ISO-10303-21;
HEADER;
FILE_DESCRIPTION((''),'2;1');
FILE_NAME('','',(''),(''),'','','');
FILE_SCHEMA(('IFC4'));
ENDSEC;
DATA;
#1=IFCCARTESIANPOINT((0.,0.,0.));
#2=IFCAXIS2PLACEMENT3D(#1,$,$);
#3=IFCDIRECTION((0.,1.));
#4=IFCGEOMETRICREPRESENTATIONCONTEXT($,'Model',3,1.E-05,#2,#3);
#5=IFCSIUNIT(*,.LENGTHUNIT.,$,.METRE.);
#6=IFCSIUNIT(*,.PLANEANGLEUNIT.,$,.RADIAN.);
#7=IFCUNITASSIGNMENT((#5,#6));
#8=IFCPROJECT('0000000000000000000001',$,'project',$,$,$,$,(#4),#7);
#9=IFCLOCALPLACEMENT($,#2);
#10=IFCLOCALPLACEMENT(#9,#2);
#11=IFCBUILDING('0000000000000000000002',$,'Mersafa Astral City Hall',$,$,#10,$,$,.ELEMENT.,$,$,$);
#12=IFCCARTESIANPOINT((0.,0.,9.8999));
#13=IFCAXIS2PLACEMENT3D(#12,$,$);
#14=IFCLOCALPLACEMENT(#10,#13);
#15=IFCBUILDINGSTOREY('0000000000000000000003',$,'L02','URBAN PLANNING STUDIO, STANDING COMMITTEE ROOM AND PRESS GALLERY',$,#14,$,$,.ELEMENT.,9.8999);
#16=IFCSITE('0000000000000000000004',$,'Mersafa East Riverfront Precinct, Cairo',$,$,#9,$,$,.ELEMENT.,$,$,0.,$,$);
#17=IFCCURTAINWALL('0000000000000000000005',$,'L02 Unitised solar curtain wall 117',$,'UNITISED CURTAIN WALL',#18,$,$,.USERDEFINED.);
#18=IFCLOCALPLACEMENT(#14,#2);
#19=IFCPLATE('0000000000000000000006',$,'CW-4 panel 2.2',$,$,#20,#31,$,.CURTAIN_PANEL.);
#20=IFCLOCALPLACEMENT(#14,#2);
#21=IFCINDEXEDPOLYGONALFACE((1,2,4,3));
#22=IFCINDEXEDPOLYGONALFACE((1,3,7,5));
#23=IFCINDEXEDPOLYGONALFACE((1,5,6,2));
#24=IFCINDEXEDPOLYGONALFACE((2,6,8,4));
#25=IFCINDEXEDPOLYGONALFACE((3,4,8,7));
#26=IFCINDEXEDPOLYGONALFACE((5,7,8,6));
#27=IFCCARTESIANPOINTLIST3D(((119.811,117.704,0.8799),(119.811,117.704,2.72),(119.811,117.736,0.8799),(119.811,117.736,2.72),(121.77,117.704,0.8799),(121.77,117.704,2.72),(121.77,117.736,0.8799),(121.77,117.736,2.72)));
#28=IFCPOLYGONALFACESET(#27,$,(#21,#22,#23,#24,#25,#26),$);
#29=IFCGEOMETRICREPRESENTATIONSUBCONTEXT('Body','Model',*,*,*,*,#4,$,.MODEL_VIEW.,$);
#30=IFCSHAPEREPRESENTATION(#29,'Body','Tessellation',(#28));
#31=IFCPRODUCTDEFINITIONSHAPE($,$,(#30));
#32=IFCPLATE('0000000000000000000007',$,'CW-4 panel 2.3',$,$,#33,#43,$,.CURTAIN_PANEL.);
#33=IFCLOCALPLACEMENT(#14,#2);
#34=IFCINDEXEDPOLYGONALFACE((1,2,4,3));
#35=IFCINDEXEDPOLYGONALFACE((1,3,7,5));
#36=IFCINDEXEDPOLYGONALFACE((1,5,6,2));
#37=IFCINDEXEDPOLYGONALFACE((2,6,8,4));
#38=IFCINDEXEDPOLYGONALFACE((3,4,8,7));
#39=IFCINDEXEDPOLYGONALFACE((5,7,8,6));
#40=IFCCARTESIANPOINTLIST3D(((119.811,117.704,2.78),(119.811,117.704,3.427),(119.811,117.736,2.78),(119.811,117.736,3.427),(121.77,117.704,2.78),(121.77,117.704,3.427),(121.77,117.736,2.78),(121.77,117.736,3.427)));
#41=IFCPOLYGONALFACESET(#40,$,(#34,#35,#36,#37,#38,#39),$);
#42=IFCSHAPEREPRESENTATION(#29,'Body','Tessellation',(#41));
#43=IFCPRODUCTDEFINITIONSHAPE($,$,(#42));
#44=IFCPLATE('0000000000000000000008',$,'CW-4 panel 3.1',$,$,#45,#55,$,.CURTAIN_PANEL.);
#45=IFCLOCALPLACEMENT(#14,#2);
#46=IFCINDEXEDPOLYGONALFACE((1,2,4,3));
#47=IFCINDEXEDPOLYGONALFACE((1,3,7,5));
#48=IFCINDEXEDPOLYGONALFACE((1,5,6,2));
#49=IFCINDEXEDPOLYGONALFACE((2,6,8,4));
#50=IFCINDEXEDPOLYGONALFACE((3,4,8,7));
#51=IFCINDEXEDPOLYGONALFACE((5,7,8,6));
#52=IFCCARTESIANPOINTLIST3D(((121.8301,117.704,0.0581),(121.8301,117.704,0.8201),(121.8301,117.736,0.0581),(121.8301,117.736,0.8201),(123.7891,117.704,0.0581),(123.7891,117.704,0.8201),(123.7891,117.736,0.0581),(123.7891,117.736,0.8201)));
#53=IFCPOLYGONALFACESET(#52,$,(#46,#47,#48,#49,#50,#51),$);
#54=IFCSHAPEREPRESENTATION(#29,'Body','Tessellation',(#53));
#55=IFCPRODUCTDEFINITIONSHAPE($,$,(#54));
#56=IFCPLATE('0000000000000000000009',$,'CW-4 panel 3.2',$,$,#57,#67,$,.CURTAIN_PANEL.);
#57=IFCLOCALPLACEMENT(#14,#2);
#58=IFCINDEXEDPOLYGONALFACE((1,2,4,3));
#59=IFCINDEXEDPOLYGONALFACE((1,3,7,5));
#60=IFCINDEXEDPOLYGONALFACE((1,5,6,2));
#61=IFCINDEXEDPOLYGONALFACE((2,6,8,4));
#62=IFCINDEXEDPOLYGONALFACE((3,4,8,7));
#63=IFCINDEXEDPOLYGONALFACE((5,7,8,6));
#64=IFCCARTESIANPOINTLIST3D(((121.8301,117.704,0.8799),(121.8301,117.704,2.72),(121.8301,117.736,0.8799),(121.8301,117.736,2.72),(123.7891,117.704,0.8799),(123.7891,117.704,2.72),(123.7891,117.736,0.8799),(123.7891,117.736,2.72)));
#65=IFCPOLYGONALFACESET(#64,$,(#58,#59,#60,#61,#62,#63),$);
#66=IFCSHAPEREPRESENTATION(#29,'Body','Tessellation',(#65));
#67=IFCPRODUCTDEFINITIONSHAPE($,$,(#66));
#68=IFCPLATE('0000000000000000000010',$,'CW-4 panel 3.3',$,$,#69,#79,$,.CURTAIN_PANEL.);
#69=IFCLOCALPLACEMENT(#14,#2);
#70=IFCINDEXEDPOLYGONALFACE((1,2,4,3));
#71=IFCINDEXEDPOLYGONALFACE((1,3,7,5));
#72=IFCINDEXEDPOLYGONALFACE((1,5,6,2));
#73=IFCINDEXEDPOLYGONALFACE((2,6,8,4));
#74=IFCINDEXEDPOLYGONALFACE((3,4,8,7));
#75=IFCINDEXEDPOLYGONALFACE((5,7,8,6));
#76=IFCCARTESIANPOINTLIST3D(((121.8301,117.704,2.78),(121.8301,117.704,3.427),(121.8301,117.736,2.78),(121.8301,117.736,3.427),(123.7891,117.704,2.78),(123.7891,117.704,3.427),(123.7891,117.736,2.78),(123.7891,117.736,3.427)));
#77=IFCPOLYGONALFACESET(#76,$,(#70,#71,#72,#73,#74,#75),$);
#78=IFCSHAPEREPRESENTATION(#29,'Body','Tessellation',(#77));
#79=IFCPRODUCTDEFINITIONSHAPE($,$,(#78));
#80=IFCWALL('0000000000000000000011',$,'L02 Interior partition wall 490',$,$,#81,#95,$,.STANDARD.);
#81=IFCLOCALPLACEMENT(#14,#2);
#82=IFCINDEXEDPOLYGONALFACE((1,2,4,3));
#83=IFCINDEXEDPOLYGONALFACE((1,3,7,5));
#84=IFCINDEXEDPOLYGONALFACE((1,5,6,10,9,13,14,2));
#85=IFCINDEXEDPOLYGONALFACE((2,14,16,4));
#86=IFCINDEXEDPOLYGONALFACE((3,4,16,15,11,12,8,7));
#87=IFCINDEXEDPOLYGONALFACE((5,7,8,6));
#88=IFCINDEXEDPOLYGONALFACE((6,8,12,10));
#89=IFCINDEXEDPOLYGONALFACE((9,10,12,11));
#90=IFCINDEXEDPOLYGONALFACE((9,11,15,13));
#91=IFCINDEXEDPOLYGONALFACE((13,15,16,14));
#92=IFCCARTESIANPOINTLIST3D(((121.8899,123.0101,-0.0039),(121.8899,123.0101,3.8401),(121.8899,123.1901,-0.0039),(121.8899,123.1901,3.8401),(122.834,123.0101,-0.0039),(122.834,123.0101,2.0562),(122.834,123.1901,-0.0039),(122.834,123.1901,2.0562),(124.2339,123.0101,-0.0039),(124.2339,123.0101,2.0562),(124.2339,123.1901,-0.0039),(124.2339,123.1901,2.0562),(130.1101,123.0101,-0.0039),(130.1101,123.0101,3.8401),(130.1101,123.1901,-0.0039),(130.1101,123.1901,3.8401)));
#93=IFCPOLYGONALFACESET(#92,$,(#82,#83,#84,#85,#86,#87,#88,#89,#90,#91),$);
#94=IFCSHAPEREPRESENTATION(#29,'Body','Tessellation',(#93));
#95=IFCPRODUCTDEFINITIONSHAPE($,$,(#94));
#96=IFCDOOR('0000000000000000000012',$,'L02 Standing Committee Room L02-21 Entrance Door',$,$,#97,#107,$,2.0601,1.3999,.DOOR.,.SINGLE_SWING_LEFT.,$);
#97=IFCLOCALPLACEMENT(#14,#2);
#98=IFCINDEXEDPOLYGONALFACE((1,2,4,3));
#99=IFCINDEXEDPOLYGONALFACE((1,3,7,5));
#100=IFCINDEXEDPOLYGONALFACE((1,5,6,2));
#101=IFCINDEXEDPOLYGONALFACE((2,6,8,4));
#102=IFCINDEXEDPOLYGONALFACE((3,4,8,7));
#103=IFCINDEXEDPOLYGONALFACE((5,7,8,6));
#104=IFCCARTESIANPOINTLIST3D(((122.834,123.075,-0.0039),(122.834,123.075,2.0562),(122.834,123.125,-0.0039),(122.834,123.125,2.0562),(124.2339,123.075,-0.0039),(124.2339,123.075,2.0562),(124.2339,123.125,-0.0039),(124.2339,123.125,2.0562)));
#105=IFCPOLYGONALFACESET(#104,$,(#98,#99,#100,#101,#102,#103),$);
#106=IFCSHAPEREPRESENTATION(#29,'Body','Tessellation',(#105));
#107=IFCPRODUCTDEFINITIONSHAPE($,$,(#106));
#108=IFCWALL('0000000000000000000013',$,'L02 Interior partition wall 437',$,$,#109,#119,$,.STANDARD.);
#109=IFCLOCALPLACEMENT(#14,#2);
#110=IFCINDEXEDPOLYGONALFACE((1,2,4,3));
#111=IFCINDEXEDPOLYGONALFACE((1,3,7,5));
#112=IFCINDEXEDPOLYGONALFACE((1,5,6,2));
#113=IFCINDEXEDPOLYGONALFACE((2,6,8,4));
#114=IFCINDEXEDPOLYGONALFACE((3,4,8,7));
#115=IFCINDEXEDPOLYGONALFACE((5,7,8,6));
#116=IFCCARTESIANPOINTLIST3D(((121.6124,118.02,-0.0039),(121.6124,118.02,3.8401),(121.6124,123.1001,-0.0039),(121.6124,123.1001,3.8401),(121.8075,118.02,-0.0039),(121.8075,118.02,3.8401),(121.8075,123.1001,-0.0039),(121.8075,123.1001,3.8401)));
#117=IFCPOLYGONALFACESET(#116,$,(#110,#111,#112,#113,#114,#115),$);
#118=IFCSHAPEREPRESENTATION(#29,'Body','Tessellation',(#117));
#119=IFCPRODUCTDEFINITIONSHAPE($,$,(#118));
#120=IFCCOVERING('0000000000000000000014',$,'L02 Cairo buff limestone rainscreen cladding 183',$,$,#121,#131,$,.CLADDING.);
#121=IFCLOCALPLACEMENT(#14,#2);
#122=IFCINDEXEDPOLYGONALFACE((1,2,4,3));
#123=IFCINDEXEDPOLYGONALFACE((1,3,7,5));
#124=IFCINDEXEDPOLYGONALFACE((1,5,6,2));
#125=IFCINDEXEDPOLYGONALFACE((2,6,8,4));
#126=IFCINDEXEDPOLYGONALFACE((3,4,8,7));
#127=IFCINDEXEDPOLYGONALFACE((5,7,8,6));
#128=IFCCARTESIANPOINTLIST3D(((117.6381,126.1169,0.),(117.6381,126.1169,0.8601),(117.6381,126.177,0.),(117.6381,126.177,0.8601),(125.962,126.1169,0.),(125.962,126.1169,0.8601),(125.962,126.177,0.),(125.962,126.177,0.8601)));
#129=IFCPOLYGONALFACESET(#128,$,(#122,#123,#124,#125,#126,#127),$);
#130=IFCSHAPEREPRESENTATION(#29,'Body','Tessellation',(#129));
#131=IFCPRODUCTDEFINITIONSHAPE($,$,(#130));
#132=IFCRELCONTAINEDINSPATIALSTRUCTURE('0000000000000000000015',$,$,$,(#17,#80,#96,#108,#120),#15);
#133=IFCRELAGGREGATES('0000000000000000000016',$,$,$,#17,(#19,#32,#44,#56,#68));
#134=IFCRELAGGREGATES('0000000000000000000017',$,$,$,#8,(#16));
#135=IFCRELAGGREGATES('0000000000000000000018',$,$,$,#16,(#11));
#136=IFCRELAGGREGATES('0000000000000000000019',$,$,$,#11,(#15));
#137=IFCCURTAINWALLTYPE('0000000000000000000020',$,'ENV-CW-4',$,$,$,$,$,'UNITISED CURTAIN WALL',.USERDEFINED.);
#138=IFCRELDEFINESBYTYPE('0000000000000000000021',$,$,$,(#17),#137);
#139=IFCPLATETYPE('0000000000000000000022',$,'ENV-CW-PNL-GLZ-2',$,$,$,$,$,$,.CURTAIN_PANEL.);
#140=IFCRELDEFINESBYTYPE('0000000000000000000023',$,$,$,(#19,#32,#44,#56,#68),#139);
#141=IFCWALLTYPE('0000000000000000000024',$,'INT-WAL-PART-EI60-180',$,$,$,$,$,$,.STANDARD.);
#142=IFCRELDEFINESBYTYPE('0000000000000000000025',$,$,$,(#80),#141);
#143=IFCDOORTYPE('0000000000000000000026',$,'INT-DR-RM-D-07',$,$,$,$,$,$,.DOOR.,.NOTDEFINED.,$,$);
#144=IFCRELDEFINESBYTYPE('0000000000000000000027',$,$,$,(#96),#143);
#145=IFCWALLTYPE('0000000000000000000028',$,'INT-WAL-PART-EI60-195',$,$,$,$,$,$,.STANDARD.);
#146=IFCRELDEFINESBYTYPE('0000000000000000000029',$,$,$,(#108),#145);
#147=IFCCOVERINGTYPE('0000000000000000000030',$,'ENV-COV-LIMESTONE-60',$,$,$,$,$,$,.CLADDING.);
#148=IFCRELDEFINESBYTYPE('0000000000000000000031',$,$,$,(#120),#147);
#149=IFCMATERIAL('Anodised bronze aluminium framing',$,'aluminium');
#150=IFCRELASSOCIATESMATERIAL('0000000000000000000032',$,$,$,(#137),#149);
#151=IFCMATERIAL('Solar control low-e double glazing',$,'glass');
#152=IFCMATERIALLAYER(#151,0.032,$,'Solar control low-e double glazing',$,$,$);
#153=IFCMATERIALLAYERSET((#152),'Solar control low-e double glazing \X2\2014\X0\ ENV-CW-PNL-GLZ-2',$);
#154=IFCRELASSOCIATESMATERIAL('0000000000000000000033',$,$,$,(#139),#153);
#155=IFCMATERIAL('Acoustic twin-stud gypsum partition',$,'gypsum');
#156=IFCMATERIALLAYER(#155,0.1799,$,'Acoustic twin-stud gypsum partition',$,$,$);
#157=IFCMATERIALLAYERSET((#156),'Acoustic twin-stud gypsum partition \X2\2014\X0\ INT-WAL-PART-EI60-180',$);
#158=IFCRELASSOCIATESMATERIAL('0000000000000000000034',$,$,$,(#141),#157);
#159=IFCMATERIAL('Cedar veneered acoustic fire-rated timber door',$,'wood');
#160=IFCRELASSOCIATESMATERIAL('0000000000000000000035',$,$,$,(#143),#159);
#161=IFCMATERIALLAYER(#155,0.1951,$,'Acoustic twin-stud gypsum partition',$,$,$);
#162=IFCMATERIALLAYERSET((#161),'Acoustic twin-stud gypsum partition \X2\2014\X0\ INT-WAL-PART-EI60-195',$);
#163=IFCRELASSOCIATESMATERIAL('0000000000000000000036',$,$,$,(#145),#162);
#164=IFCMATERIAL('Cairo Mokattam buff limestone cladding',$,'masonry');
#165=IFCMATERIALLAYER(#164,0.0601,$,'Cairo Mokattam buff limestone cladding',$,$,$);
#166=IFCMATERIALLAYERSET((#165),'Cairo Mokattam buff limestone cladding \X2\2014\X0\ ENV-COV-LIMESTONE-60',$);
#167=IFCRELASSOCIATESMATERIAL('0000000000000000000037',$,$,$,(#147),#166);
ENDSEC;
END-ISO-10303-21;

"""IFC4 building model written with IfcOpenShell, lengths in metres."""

from ifc_helpers import new_model, si_unit, direction, frame, frame_2d, origin, origin_2d, place, context, subcontext, project, spatial, rectangle, extrude, material, layer, layer_set, type_object, element, fill, aggregate, save


model = new_model("IFC4")

# Units and contexts
model_context = context("Model", 3, precision=1e-05, world=origin(), true_north=direction((0.0, 1.0)))
body_context = subcontext(model_context, "Body", "Model", "MODEL_VIEW")
ifc_project = project(units=[si_unit("LENGTHUNIT", "METRE"), si_unit("PLANEANGLEUNIT", "RADIAN")], contexts=[model_context])

# Site, building, storey
site_placement = place(None, origin())
site = spatial("IfcSite", under=ifc_project, at=site_placement, Name="Mersafa East Riverfront Precinct, Cairo", CompositionType="ELEMENT", RefElevation=0.0)
building_placement = place(site_placement, origin())
building = spatial("IfcBuilding", under=site, at=building_placement, Name="Mersafa Astral City Hall", CompositionType="ELEMENT")
storey_placement = place(building_placement, frame((0.0, 0.0, 9.8999)))
storey = spatial("IfcBuildingStorey", under=building, at=storey_placement, Name="L02", Description="URBAN PLANNING STUDIO, STANDING COMMITTEE ROOM AND PRESS GALLERY", CompositionType="ELEMENT", Elevation=9.8999)

# Curtain wall
ifc_material_1 = material(Name="Anodised bronze aluminium framing", Category="aluminium")
curtain_wall_type_1 = type_object("IfcCurtainWallType", Name="ENV-CW-4", ElementType="UNITISED CURTAIN WALL", PredefinedType="USERDEFINED", material=ifc_material_1)
curtain_wall_1_placement = place(storey_placement, origin())
curtain_wall_1 = element("IfcCurtainWall", 1, at=curtain_wall_1_placement, inside=storey, type_object=curtain_wall_type_1, Name="L02 Unitised solar curtain wall 117", ObjectType="UNITISED CURTAIN WALL", PredefinedType="USERDEFINED")

# Plates
ifc_material_2 = material(Name="Solar control low-e double glazing", Category="glass")
ifc_layer_1 = layer(ifc_material_2, 0.032, Name="Solar control low-e double glazing")
ifc_layer_set_1 = layer_set([ifc_layer_1], Name="Solar control low-e double glazing — ENV-CW-PNL-GLZ-2")
plate_type = type_object("IfcPlateType", Name="ENV-CW-PNL-GLZ-2", PredefinedType="CURTAIN_PANEL", material=ifc_layer_set_1)
plate_1_placement = place(storey_placement, frame((120.7905, 117.72, 0.8799), z_axis=(0.0, 0.0, 1.0), x_axis=(1.0, 0.0, 0.0)))
plate_1 = element("IfcPlate", 2, at=plate_1_placement, type_object=plate_type, Name="CW-4 panel 2.2", PredefinedType="CURTAIN_PANEL", context=body_context, shape_type="SweptSolid", body=[
    extrude(rectangle(XDim=1.959, YDim=0.032, at=origin_2d()), origin(), (0.0, 0.0, 1.0), 1.8401),
])
plate_2_placement = place(storey_placement, frame((120.7905, 117.72, 2.78), z_axis=(0.0, 0.0, 1.0), x_axis=(1.0, 0.0, 0.0)))
plate_2 = element("IfcPlate", 3, at=plate_2_placement, type_object=plate_type, Name="CW-4 panel 2.3", PredefinedType="CURTAIN_PANEL", context=body_context, shape_type="SweptSolid", body=[
    extrude(rectangle(XDim=1.959, YDim=0.032, at=origin_2d()), origin(), (0.0, 0.0, 1.0), 0.647),
])
plate_3_placement = place(storey_placement, frame((122.8096, 117.72, 0.0581), z_axis=(0.0, 0.0, 1.0), x_axis=(1.0, 0.0, 0.0)))
plate_3 = element("IfcPlate", 4, at=plate_3_placement, type_object=plate_type, Name="CW-4 panel 3.1", PredefinedType="CURTAIN_PANEL", context=body_context, shape_type="SweptSolid", body=[
    extrude(rectangle(XDim=1.959, YDim=0.032, at=origin_2d()), origin(), (0.0, 0.0, 1.0), 0.762),
])
plate_4_placement = place(storey_placement, frame((122.8096, 117.72, 0.8799), z_axis=(0.0, 0.0, 1.0), x_axis=(1.0, 0.0, 0.0)))
plate_4 = element("IfcPlate", 5, at=plate_4_placement, type_object=plate_type, Name="CW-4 panel 3.2", PredefinedType="CURTAIN_PANEL", context=body_context, shape_type="SweptSolid", body=[
    extrude(rectangle(XDim=1.959, YDim=0.032, at=origin_2d()), origin(), (0.0, 0.0, 1.0), 1.8401),
])
plate_5_placement = place(storey_placement, frame((122.8096, 117.72, 2.78), z_axis=(0.0, 0.0, 1.0), x_axis=(1.0, 0.0, 0.0)))
plate_5 = element("IfcPlate", 6, at=plate_5_placement, type_object=plate_type, Name="CW-4 panel 3.3", PredefinedType="CURTAIN_PANEL", context=body_context, shape_type="SweptSolid", body=[
    extrude(rectangle(XDim=1.959, YDim=0.032, at=origin_2d()), origin(), (0.0, 0.0, 1.0), 0.647),
])
aggregate(curtain_wall_1, [plate_1, plate_2, plate_3, plate_4, plate_5])

# Wall, opening, door
ifc_material_3 = material(Name="Acoustic twin-stud gypsum partition", Category="gypsum")
ifc_layer_2 = layer(ifc_material_3, 0.1799, Name="Acoustic twin-stud gypsum partition")
ifc_layer_set_2 = layer_set([ifc_layer_2], Name="Acoustic twin-stud gypsum partition — INT-WAL-PART-EI60-180")
wall_type_1 = type_object("IfcWallType", Name="INT-WAL-PART-EI60-180", PredefinedType="STANDARD", material=ifc_layer_set_2)
wall_1_placement = place(storey_placement, frame((121.8899, 123.1001, -0.0039), z_axis=(0.0, 0.0, 1.0), x_axis=(1.0, 0.0, 0.0)))
wall_1 = element("IfcWall", 7, at=wall_1_placement, inside=storey, type_object=wall_type_1, Name="L02 Interior partition wall 490", PredefinedType="STANDARD", context=body_context, shape_type="SweptSolid", body=[
    extrude(rectangle(XDim=8.2202, YDim=0.1799, at=frame_2d((4.1101, 0.0))), origin(), (0.0, 0.0, 1.0), 3.844),
])
opening_placement = place(wall_1_placement, frame((0.9441, 0.0, 0.0)))
opening = element("IfcOpeningElement", 8, at=opening_placement, cuts=wall_1, PredefinedType="OPENING", context=body_context, shape_type="SweptSolid", body=[
    extrude(rectangle(XDim=1.3999, YDim=2.0601, at=frame_2d((0.7, 1.03))), frame((0.0, 0.0999, 0.0), z_axis=(0.0, -1.0, 0.0), x_axis=(1.0, 0.0, 0.0)), (0.0, 0.0, 1.0), 0.2),
])
ifc_material_4 = material(Name="Cedar veneered acoustic fire-rated timber door", Category="wood")
door_type = type_object("IfcDoorType", Name="INT-DR-RM-D-07", OperationType="NOTDEFINED", PredefinedType="DOOR", material=ifc_material_4)
door_placement = place(opening_placement, origin())
door = element("IfcDoor", 9, at=door_placement, inside=storey, type_object=door_type, Name="L02 Standing Committee Room L02-21 Entrance Door", OperationType="SINGLE_SWING_LEFT", OverallHeight=2.0601, OverallWidth=1.3999, PredefinedType="DOOR", context=body_context, shape_type="SweptSolid", body=[
    extrude(rectangle(XDim=1.3999, YDim=2.0601, at=frame_2d((0.7, 1.03))), frame((0.0, 0.0249, 0.0), z_axis=(0.0, -1.0, 0.0), x_axis=(1.0, 0.0, 0.0)), (0.0, 0.0, 1.0), 0.05),
])
fill(opening, door)

# Wall
ifc_layer_3 = layer(ifc_material_3, 0.1951, Name="Acoustic twin-stud gypsum partition")
ifc_layer_set_3 = layer_set([ifc_layer_3], Name="Acoustic twin-stud gypsum partition — INT-WAL-PART-EI60-195")
wall_type_2 = type_object("IfcWallType", Name="INT-WAL-PART-EI60-195", PredefinedType="STANDARD", material=ifc_layer_set_3)
wall_2_placement = place(storey_placement, frame((121.71, 123.1001, -0.0039), z_axis=(0.0, 0.0, 1.0), x_axis=(0.0, -1.0, 0.0)))
element("IfcWall", 10, at=wall_2_placement, inside=storey, type_object=wall_type_2, Name="L02 Interior partition wall 437", PredefinedType="STANDARD", context=body_context, shape_type="SweptSolid", body=[
    extrude(rectangle(XDim=5.0801, YDim=0.1951, at=frame_2d((2.54, 0.0))), origin(), (0.0, 0.0, 1.0), 3.844),
])

# Covering
ifc_material_5 = material(Name="Cairo Mokattam buff limestone cladding", Category="masonry")
ifc_layer_4 = layer(ifc_material_5, 0.0601, Name="Cairo Mokattam buff limestone cladding")
ifc_layer_set_4 = layer_set([ifc_layer_4], Name="Cairo Mokattam buff limestone cladding — ENV-COV-LIMESTONE-60")
covering_type = type_object("IfcCoveringType", Name="ENV-COV-LIMESTONE-60", PredefinedType="CLADDING", material=ifc_layer_set_4)
covering_placement = place(storey_placement, frame((121.8, 126.147, 0.0), z_axis=(0.0, 0.0, 1.0), x_axis=(-1.0, 0.0, 0.0)))
element("IfcCovering", 11, at=covering_placement, inside=storey, type_object=covering_type, Name="L02 Cairo buff limestone rainscreen cladding 183", PredefinedType="CLADDING", context=body_context, shape_type="SweptSolid", body=[
    extrude(rectangle(XDim=8.324, YDim=0.0601, at=origin_2d()), origin(), (0.0, 0.0, 1.0), 0.8601),
])

save(model, "model.ifc")
